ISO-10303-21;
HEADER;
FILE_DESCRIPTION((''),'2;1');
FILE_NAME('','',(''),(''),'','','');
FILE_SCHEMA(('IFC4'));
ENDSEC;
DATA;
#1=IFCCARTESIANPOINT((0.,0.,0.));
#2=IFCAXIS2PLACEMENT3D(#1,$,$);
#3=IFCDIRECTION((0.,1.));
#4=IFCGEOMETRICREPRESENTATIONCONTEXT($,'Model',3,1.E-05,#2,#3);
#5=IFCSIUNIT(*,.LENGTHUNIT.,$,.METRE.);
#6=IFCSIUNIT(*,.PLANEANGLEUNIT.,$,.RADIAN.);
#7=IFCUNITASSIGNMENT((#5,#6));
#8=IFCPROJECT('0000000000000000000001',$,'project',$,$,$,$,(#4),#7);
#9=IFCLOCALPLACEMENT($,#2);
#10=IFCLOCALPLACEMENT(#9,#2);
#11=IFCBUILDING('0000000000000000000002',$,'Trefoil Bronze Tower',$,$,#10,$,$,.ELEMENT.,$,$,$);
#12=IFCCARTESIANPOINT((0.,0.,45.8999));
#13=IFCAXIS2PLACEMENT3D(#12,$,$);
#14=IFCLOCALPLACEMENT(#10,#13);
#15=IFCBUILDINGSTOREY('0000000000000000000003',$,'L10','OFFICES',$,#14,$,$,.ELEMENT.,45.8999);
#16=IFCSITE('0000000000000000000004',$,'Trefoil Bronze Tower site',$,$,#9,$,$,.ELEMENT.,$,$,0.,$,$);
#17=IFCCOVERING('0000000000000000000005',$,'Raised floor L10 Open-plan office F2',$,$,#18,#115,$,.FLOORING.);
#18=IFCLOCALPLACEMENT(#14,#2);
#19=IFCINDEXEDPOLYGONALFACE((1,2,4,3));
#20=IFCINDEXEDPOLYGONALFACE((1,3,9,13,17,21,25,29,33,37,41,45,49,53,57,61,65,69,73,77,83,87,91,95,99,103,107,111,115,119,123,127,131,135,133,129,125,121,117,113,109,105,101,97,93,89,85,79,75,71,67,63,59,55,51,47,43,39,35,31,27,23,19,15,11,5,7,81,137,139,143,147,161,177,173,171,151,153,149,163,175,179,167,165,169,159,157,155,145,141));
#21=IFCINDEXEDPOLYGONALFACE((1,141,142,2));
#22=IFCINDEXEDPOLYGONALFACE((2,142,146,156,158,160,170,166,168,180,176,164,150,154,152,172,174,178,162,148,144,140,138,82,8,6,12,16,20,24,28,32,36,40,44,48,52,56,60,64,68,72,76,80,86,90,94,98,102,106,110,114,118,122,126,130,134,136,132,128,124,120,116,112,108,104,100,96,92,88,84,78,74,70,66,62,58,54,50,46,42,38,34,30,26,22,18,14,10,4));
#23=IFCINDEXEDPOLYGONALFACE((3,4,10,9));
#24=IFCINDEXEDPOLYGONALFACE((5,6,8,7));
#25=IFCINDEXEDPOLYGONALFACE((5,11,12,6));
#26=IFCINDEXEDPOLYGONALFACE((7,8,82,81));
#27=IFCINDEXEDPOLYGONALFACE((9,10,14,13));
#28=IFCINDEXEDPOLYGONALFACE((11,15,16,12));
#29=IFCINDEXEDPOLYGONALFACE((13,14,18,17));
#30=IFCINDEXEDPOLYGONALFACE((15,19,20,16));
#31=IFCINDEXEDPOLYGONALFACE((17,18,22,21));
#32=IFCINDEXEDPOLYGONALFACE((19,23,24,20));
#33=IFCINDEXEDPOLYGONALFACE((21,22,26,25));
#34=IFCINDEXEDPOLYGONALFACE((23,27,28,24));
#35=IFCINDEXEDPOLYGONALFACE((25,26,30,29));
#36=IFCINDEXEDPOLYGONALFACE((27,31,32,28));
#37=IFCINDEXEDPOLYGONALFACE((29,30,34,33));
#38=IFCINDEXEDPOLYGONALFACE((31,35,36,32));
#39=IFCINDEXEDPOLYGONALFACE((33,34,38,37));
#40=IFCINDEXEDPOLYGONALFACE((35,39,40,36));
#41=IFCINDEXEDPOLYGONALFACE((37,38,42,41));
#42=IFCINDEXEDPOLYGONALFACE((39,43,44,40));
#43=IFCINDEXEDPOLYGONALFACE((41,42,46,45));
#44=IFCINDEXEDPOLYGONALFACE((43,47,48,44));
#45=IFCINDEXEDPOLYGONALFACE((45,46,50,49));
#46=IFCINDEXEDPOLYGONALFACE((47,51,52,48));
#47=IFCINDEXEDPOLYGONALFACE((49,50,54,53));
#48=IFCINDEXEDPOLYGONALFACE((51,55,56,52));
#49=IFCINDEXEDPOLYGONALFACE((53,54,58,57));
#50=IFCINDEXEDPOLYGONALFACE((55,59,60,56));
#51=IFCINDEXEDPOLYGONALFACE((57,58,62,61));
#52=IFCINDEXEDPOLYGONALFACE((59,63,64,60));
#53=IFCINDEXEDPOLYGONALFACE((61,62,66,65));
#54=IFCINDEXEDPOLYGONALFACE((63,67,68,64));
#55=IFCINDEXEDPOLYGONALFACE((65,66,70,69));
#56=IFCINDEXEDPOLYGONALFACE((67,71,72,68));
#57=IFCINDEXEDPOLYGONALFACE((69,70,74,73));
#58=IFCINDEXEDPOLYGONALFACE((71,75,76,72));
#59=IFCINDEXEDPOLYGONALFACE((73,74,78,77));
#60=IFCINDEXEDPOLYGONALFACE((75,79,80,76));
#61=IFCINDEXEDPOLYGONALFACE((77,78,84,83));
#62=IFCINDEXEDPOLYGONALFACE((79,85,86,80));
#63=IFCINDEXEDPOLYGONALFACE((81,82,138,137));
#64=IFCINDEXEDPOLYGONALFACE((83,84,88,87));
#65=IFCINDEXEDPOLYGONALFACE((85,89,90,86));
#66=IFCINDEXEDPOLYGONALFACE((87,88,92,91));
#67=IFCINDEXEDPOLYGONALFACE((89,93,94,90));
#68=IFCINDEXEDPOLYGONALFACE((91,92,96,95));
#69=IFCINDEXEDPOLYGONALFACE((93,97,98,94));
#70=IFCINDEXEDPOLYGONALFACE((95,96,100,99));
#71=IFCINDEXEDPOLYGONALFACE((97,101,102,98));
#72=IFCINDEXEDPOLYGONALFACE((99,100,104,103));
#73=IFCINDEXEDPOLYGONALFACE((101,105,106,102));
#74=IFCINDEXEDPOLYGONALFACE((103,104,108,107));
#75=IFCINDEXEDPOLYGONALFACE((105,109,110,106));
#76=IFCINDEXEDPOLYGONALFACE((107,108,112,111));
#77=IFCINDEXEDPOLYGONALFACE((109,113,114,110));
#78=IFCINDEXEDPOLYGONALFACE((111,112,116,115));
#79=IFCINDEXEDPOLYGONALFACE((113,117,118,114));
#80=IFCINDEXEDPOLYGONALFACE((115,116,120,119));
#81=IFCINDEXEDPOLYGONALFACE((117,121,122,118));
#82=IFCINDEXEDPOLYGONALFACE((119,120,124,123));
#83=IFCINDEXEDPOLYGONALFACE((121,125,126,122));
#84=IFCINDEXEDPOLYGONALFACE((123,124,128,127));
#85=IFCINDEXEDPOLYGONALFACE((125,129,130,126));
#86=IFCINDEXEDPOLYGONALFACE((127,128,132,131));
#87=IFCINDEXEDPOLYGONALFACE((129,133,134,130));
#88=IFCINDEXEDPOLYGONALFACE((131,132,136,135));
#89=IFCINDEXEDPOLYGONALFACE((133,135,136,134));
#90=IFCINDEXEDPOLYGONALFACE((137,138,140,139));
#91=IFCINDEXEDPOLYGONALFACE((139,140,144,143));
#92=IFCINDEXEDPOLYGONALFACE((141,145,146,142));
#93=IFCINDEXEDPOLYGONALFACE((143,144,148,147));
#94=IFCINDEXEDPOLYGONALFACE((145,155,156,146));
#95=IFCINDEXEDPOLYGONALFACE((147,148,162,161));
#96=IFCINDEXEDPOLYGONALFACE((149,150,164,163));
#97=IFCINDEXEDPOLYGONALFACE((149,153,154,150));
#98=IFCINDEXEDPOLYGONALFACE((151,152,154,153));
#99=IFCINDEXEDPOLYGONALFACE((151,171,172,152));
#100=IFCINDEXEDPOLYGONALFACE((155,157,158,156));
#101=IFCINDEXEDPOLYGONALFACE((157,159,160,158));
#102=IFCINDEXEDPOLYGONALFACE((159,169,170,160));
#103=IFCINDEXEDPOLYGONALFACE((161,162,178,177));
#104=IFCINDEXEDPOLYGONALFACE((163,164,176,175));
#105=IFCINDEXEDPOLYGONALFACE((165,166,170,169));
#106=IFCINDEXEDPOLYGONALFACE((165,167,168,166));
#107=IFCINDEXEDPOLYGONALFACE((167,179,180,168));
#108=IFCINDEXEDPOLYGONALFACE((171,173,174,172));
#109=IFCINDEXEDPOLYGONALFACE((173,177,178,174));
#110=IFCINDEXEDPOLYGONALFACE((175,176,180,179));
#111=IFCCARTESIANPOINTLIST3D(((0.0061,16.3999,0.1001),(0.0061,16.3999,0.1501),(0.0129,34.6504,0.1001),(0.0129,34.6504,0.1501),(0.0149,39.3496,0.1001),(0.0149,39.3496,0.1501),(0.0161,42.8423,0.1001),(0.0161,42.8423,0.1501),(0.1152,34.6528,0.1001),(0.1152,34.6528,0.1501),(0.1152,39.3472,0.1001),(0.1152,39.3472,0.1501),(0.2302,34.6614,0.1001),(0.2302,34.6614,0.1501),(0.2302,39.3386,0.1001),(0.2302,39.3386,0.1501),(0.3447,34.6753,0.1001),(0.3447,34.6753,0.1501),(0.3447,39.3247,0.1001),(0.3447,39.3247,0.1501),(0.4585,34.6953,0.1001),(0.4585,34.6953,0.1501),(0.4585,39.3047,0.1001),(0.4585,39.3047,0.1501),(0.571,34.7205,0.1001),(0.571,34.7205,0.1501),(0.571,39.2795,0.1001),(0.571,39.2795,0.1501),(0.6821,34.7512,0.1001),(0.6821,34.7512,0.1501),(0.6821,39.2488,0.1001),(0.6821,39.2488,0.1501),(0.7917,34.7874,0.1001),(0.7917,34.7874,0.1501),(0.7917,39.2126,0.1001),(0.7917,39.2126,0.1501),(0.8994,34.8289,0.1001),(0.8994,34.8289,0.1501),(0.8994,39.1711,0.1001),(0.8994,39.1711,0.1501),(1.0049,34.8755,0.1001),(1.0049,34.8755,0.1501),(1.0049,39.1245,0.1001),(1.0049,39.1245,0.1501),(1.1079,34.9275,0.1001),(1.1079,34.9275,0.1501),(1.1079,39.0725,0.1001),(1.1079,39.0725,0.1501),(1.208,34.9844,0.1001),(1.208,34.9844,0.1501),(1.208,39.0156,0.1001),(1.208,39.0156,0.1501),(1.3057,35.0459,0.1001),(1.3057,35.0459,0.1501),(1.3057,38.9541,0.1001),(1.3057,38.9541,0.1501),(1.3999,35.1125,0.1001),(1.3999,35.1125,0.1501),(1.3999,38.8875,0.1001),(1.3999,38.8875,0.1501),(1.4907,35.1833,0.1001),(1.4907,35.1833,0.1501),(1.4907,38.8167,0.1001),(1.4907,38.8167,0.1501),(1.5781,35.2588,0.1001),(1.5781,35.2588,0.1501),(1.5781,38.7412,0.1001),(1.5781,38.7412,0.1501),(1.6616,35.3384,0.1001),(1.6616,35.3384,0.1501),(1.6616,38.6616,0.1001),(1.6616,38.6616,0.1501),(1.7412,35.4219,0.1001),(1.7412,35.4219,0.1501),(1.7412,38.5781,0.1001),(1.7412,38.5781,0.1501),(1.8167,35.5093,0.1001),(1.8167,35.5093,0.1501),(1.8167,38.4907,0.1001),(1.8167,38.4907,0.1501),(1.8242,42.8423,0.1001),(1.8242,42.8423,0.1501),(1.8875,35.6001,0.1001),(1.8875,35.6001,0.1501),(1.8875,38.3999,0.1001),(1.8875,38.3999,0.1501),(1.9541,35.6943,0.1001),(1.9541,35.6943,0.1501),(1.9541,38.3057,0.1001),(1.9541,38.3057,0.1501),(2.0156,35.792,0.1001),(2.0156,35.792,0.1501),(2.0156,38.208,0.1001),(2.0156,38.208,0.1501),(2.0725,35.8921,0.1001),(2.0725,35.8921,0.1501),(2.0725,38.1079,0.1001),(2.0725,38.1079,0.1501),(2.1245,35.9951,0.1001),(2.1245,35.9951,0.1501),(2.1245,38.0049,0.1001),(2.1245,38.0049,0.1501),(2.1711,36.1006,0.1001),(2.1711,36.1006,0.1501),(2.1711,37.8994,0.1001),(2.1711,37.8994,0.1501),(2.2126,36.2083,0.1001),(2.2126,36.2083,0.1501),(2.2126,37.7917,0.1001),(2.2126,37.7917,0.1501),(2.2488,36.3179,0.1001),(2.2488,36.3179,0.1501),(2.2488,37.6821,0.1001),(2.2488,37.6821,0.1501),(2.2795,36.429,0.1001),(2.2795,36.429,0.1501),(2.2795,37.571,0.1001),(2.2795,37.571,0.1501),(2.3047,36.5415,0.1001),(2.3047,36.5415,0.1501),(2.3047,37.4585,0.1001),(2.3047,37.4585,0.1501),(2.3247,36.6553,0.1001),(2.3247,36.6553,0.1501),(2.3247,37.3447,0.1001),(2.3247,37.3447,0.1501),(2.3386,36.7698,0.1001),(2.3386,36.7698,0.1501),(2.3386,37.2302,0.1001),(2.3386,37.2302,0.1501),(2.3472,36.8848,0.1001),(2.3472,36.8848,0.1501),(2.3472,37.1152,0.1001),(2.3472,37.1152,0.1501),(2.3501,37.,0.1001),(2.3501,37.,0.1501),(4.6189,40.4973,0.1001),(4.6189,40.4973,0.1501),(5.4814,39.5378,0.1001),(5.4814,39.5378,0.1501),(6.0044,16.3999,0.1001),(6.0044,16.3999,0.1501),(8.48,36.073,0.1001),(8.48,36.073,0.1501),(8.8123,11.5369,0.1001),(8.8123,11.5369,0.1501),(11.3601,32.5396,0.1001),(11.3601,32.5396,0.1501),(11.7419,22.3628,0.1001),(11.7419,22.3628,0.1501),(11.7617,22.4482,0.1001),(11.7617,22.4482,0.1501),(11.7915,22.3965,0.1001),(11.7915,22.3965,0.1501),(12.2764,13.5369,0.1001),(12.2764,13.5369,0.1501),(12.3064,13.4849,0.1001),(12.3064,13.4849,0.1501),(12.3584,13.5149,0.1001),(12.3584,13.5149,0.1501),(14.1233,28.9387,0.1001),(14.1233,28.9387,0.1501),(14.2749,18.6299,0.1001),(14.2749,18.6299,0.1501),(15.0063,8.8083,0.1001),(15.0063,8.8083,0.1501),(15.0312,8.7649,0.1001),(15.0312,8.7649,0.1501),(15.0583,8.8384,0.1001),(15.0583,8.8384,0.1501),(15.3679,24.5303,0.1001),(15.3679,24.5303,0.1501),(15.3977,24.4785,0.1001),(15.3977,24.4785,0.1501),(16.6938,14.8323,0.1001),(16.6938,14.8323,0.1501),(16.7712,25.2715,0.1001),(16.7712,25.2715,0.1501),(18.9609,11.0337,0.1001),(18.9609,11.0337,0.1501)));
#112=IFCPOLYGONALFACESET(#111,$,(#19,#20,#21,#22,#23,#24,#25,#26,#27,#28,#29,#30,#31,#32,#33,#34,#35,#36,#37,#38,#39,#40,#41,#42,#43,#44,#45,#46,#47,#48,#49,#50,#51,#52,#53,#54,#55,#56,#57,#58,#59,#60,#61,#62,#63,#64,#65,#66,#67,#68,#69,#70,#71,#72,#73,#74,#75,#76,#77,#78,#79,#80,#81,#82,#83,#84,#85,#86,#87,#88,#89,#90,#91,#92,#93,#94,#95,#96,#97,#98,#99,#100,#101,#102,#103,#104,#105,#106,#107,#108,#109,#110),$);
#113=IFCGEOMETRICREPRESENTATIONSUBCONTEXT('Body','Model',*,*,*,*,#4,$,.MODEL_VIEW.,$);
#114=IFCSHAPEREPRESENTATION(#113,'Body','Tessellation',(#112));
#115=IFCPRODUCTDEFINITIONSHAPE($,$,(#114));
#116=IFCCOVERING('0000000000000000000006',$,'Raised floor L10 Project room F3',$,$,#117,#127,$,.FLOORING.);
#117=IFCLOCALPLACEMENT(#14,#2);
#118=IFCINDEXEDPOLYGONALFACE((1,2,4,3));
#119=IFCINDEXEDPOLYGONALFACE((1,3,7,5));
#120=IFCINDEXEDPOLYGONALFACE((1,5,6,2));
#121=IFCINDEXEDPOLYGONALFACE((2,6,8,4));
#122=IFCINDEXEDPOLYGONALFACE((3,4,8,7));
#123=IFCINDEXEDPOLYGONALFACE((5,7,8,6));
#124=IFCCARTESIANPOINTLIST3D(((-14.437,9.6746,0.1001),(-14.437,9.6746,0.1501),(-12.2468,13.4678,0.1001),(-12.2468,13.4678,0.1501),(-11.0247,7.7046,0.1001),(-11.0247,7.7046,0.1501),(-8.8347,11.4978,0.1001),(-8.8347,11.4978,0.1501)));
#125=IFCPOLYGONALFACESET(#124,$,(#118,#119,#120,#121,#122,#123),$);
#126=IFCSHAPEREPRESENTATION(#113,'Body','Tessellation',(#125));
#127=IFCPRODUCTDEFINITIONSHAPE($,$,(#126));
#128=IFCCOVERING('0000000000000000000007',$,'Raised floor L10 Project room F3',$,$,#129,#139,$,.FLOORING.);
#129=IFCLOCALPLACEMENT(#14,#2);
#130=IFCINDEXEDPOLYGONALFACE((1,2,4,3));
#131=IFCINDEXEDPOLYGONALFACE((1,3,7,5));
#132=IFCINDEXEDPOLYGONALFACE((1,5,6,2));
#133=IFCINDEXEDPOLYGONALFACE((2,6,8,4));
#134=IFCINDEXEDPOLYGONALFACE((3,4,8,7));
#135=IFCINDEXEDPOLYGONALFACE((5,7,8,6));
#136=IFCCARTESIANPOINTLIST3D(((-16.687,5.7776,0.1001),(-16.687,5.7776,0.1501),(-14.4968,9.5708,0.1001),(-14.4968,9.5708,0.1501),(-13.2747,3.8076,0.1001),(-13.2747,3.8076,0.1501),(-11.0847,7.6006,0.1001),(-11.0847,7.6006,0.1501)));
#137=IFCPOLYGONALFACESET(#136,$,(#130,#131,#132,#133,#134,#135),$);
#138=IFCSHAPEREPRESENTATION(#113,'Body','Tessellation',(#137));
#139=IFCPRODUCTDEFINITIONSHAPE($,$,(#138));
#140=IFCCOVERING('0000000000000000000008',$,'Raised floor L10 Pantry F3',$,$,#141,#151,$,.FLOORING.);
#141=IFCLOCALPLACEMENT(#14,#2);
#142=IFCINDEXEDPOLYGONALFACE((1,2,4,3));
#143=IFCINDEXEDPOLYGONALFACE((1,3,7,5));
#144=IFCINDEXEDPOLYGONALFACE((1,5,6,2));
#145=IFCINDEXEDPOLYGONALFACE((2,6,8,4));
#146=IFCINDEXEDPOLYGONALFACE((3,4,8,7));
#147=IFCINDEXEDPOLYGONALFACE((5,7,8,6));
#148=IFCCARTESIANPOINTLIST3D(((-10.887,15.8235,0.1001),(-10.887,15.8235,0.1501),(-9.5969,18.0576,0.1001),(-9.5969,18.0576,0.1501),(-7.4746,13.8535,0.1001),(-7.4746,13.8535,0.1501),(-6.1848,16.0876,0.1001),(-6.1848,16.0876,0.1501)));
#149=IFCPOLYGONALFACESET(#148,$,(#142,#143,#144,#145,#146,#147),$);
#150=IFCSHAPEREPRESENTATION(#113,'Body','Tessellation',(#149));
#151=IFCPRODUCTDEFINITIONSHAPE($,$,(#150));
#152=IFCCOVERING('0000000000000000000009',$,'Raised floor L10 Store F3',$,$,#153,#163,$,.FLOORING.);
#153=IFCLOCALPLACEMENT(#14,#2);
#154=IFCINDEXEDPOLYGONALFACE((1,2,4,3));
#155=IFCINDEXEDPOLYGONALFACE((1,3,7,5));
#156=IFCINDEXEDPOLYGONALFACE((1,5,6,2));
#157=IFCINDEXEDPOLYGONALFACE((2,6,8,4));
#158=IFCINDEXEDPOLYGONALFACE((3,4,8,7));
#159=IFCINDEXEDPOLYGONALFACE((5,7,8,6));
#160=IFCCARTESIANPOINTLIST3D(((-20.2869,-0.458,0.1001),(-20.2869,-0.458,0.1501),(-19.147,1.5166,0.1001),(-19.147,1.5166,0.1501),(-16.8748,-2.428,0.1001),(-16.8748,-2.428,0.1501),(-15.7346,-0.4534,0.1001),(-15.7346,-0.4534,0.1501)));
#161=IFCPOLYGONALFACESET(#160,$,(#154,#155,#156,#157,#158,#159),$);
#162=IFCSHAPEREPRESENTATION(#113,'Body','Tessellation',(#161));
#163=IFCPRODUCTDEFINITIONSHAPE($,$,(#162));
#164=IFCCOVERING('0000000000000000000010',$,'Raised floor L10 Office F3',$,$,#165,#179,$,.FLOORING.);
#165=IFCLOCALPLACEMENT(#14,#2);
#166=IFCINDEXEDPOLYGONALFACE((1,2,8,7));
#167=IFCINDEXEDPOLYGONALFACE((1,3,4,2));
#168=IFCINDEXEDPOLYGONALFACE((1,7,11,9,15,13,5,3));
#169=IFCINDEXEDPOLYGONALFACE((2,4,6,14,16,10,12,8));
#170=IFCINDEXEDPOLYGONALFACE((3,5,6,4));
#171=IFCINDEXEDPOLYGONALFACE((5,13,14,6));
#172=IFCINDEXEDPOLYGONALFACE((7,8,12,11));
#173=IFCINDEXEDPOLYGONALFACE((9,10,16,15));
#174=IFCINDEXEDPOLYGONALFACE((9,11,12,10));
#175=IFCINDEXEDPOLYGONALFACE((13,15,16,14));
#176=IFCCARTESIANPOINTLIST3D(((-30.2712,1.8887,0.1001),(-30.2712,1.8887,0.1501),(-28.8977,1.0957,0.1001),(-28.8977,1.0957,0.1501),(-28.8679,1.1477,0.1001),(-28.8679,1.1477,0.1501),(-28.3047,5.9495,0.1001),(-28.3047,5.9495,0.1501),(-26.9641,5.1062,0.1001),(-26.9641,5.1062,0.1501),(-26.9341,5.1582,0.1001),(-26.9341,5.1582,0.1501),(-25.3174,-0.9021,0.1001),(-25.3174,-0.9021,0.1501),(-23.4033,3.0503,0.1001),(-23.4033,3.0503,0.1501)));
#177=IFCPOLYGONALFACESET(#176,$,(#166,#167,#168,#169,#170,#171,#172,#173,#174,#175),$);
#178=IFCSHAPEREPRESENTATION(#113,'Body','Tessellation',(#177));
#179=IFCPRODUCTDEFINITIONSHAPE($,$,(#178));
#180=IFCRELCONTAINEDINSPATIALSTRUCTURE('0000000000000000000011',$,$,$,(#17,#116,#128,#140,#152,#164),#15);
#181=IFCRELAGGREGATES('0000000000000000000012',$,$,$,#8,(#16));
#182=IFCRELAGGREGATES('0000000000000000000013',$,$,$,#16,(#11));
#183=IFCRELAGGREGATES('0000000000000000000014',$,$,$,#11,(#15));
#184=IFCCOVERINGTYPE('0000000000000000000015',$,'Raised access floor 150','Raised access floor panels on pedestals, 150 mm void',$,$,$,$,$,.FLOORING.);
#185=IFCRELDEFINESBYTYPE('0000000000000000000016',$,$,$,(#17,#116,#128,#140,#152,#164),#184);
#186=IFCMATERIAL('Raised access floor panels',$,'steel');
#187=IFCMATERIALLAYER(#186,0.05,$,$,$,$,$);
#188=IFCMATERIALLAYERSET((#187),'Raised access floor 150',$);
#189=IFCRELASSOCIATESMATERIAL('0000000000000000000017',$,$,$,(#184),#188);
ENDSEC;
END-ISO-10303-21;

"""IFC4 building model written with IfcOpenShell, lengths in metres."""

from ifc_helpers import new_model, si_unit, direction, frame, origin, place, context, subcontext, project, spatial, polyline, outline, extrude, material, layer, layer_set, type_object, element, save


model = new_model("IFC4")

# Units and contexts
model_context = context("Model", 3, precision=1e-05, world=origin(), true_north=direction((0.0, 1.0)))
body_context = subcontext(model_context, "Body", "Model", "MODEL_VIEW")
ifc_project = project(units=[si_unit("LENGTHUNIT", "METRE"), si_unit("PLANEANGLEUNIT", "RADIAN")], contexts=[model_context])

# Site, building, storey
site_placement = place(None, origin())
site = spatial("IfcSite", under=ifc_project, at=site_placement, Name="Trefoil Bronze Tower site", CompositionType="ELEMENT", RefElevation=0.0)
building_placement = place(site_placement, origin())
building = spatial("IfcBuilding", under=site, at=building_placement, Name="Trefoil Bronze Tower", CompositionType="ELEMENT")
storey_placement = place(building_placement, frame((0.0, 0.0, 45.8999)))
storey = spatial("IfcBuildingStorey", under=building, at=storey_placement, Name="L10", Description="OFFICES", CompositionType="ELEMENT", Elevation=45.8999)

# Coverings
ifc_material_1 = material(Name="Raised access floor panels", Category="steel")
ifc_layer_1 = layer(ifc_material_1, 0.05)
ifc_layer_set_1 = layer_set([ifc_layer_1], Name="Raised access floor 150")
covering_type_1 = type_object("IfcCoveringType", Name="Raised access floor 150", Description="Raised access floor panels on pedestals, 150 mm void", PredefinedType="FLOORING", material=ifc_layer_set_1)
covering_1_placement = place(storey_placement, frame((0.0, 0.0, 0.1001)))
element("IfcCovering", 1, at=covering_1_placement, inside=storey, type_object=covering_type_1, Name="Raised floor L10 Open-plan office F2", PredefinedType="FLOORING", context=body_context, shape_type="SweptSolid", body=[
    extrude(outline(polyline([(8.48, 36.073), (11.3601, 32.5396), (14.1233, 28.9387), (16.7712, 25.2715), (15.3977, 24.4785), (15.3679, 24.5303), (11.7617, 22.4482), (11.7915, 22.3965), (11.7419, 22.3628), (14.2749, 18.6299), (16.6938, 14.8323), (18.9609, 11.0337), (15.0312, 8.7649), (15.0063, 8.8083), (15.0583, 8.8384), (12.3584, 13.5149), (12.3064, 13.4849), (12.2764, 13.5369), (8.8123, 11.5369), (6.0044, 16.3999), (0.0061, 16.3999), (0.0129, 34.6504), (0.1152, 34.6528), (0.2302, 34.6614), (0.3447, 34.6753), (0.4585, 34.6953), (0.571, 34.7205), (0.6821, 34.7512), (0.7917, 34.7874), (0.8994, 34.8289), (1.0049, 34.8755), (1.1079, 34.9275), (1.208, 34.9844), (1.3057, 35.0459), (1.3999, 35.1125), (1.4907, 35.1833), (1.5781, 35.2588), (1.6616, 35.3384), (1.7412, 35.4219), (1.8167, 35.5093), (1.8875, 35.6001), (1.9541, 35.6943), (2.0156, 35.792), (2.0725, 35.8921), (2.1245, 35.9951), (2.1711, 36.1006), (2.2126, 36.2083), (2.2488, 36.3179), (2.2795, 36.429), (2.3047, 36.5415), (2.3247, 36.6553), (2.3386, 36.7698), (2.3472, 36.8848), (2.3501, 37.0), (2.3472, 37.1152), (2.3386, 37.2302), (2.3247, 37.3447), (2.3047, 37.4585), (2.2795, 37.571), (2.2488, 37.6821), (2.2126, 37.7917), (2.1711, 37.8994), (2.1245, 38.0049), (2.0725, 38.1079), (2.0156, 38.208), (1.9541, 38.3057), (1.8875, 38.3999), (1.8167, 38.4907), (1.7412, 38.5781), (1.6616, 38.6616), (1.5781, 38.7412), (1.4907, 38.8167), (1.3999, 38.8875), (1.3057, 38.9541), (1.208, 39.0156), (1.1079, 39.0725), (1.0049, 39.1245), (0.8994, 39.1711), (0.7917, 39.2126), (0.6821, 39.2488), (0.571, 39.2795), (0.4585, 39.3047), (0.3447, 39.3247), (0.2302, 39.3386), (0.1152, 39.3472), (0.0149, 39.3496), (0.0161, 42.8423), (1.8242, 42.8423), (4.6189, 40.4973), (5.4814, 39.5378), (8.48, 36.073)])), origin(), (0.0, 0.0, 1.0), 0.05),
])
covering_2_placement = place(storey_placement, frame((0.0, 0.0, 0.1001)))
element("IfcCovering", 2, at=covering_2_placement, inside=storey, type_object=covering_type_1, Name="Raised floor L10 Project room F3", PredefinedType="FLOORING", context=body_context, shape_type="SweptSolid", body=[
    extrude(outline(polyline([(-11.0247, 7.7046), (-14.437, 9.6746), (-12.2468, 13.4678), (-8.8347, 11.4978), (-11.0247, 7.7046)])), origin(), (0.0, 0.0, 1.0), 0.05),
])
covering_3_placement = place(storey_placement, frame((0.0, 0.0, 0.1001)))
element("IfcCovering", 3, at=covering_3_placement, inside=storey, type_object=covering_type_1, Name="Raised floor L10 Project room F3", PredefinedType="FLOORING", context=body_context, shape_type="SweptSolid", body=[
    extrude(outline(polyline([(-13.2747, 3.8076), (-16.687, 5.7776), (-14.4968, 9.5708), (-11.0847, 7.6006), (-13.2747, 3.8076)])), origin(), (0.0, 0.0, 1.0), 0.05),
])
covering_4_placement = place(storey_placement, frame((0.0, 0.0, 0.1001)))
element("IfcCovering", 4, at=covering_4_placement, inside=storey, type_object=covering_type_1, Name="Raised floor L10 Pantry F3", PredefinedType="FLOORING", context=body_context, shape_type="SweptSolid", body=[
    extrude(outline(polyline([(-7.4746, 13.8535), (-10.887, 15.8235), (-9.5969, 18.0576), (-6.1848, 16.0876), (-7.4746, 13.8535)])), origin(), (0.0, 0.0, 1.0), 0.05),
])
covering_5_placement = place(storey_placement, frame((0.0, 0.0, 0.1001)))
element("IfcCovering", 5, at=covering_5_placement, inside=storey, type_object=covering_type_1, Name="Raised floor L10 Store F3", PredefinedType="FLOORING", context=body_context, shape_type="SweptSolid", body=[
    extrude(outline(polyline([(-16.8748, -2.428), (-20.2869, -0.458), (-19.147, 1.5166), (-15.7346, -0.4534), (-16.8748, -2.428)])), origin(), (0.0, 0.0, 1.0), 0.05),
])
covering_6_placement = place(storey_placement, frame((0.0, 0.0, 0.1001)))
element("IfcCovering", 6, at=covering_6_placement, inside=storey, type_object=covering_type_1, Name="Raised floor L10 Office F3", PredefinedType="FLOORING", context=body_context, shape_type="SweptSolid", body=[
    extrude(outline(polyline([(-30.2712, 1.8887), (-28.3047, 5.9495), (-26.9341, 5.1582), (-26.9641, 5.1062), (-23.4033, 3.0503), (-25.3174, -0.9021), (-28.8679, 1.1477), (-28.8977, 1.0957), (-30.2712, 1.8887)])), origin(), (0.0, 0.0, 1.0), 0.05),
])

save(model, "model.ifc")
